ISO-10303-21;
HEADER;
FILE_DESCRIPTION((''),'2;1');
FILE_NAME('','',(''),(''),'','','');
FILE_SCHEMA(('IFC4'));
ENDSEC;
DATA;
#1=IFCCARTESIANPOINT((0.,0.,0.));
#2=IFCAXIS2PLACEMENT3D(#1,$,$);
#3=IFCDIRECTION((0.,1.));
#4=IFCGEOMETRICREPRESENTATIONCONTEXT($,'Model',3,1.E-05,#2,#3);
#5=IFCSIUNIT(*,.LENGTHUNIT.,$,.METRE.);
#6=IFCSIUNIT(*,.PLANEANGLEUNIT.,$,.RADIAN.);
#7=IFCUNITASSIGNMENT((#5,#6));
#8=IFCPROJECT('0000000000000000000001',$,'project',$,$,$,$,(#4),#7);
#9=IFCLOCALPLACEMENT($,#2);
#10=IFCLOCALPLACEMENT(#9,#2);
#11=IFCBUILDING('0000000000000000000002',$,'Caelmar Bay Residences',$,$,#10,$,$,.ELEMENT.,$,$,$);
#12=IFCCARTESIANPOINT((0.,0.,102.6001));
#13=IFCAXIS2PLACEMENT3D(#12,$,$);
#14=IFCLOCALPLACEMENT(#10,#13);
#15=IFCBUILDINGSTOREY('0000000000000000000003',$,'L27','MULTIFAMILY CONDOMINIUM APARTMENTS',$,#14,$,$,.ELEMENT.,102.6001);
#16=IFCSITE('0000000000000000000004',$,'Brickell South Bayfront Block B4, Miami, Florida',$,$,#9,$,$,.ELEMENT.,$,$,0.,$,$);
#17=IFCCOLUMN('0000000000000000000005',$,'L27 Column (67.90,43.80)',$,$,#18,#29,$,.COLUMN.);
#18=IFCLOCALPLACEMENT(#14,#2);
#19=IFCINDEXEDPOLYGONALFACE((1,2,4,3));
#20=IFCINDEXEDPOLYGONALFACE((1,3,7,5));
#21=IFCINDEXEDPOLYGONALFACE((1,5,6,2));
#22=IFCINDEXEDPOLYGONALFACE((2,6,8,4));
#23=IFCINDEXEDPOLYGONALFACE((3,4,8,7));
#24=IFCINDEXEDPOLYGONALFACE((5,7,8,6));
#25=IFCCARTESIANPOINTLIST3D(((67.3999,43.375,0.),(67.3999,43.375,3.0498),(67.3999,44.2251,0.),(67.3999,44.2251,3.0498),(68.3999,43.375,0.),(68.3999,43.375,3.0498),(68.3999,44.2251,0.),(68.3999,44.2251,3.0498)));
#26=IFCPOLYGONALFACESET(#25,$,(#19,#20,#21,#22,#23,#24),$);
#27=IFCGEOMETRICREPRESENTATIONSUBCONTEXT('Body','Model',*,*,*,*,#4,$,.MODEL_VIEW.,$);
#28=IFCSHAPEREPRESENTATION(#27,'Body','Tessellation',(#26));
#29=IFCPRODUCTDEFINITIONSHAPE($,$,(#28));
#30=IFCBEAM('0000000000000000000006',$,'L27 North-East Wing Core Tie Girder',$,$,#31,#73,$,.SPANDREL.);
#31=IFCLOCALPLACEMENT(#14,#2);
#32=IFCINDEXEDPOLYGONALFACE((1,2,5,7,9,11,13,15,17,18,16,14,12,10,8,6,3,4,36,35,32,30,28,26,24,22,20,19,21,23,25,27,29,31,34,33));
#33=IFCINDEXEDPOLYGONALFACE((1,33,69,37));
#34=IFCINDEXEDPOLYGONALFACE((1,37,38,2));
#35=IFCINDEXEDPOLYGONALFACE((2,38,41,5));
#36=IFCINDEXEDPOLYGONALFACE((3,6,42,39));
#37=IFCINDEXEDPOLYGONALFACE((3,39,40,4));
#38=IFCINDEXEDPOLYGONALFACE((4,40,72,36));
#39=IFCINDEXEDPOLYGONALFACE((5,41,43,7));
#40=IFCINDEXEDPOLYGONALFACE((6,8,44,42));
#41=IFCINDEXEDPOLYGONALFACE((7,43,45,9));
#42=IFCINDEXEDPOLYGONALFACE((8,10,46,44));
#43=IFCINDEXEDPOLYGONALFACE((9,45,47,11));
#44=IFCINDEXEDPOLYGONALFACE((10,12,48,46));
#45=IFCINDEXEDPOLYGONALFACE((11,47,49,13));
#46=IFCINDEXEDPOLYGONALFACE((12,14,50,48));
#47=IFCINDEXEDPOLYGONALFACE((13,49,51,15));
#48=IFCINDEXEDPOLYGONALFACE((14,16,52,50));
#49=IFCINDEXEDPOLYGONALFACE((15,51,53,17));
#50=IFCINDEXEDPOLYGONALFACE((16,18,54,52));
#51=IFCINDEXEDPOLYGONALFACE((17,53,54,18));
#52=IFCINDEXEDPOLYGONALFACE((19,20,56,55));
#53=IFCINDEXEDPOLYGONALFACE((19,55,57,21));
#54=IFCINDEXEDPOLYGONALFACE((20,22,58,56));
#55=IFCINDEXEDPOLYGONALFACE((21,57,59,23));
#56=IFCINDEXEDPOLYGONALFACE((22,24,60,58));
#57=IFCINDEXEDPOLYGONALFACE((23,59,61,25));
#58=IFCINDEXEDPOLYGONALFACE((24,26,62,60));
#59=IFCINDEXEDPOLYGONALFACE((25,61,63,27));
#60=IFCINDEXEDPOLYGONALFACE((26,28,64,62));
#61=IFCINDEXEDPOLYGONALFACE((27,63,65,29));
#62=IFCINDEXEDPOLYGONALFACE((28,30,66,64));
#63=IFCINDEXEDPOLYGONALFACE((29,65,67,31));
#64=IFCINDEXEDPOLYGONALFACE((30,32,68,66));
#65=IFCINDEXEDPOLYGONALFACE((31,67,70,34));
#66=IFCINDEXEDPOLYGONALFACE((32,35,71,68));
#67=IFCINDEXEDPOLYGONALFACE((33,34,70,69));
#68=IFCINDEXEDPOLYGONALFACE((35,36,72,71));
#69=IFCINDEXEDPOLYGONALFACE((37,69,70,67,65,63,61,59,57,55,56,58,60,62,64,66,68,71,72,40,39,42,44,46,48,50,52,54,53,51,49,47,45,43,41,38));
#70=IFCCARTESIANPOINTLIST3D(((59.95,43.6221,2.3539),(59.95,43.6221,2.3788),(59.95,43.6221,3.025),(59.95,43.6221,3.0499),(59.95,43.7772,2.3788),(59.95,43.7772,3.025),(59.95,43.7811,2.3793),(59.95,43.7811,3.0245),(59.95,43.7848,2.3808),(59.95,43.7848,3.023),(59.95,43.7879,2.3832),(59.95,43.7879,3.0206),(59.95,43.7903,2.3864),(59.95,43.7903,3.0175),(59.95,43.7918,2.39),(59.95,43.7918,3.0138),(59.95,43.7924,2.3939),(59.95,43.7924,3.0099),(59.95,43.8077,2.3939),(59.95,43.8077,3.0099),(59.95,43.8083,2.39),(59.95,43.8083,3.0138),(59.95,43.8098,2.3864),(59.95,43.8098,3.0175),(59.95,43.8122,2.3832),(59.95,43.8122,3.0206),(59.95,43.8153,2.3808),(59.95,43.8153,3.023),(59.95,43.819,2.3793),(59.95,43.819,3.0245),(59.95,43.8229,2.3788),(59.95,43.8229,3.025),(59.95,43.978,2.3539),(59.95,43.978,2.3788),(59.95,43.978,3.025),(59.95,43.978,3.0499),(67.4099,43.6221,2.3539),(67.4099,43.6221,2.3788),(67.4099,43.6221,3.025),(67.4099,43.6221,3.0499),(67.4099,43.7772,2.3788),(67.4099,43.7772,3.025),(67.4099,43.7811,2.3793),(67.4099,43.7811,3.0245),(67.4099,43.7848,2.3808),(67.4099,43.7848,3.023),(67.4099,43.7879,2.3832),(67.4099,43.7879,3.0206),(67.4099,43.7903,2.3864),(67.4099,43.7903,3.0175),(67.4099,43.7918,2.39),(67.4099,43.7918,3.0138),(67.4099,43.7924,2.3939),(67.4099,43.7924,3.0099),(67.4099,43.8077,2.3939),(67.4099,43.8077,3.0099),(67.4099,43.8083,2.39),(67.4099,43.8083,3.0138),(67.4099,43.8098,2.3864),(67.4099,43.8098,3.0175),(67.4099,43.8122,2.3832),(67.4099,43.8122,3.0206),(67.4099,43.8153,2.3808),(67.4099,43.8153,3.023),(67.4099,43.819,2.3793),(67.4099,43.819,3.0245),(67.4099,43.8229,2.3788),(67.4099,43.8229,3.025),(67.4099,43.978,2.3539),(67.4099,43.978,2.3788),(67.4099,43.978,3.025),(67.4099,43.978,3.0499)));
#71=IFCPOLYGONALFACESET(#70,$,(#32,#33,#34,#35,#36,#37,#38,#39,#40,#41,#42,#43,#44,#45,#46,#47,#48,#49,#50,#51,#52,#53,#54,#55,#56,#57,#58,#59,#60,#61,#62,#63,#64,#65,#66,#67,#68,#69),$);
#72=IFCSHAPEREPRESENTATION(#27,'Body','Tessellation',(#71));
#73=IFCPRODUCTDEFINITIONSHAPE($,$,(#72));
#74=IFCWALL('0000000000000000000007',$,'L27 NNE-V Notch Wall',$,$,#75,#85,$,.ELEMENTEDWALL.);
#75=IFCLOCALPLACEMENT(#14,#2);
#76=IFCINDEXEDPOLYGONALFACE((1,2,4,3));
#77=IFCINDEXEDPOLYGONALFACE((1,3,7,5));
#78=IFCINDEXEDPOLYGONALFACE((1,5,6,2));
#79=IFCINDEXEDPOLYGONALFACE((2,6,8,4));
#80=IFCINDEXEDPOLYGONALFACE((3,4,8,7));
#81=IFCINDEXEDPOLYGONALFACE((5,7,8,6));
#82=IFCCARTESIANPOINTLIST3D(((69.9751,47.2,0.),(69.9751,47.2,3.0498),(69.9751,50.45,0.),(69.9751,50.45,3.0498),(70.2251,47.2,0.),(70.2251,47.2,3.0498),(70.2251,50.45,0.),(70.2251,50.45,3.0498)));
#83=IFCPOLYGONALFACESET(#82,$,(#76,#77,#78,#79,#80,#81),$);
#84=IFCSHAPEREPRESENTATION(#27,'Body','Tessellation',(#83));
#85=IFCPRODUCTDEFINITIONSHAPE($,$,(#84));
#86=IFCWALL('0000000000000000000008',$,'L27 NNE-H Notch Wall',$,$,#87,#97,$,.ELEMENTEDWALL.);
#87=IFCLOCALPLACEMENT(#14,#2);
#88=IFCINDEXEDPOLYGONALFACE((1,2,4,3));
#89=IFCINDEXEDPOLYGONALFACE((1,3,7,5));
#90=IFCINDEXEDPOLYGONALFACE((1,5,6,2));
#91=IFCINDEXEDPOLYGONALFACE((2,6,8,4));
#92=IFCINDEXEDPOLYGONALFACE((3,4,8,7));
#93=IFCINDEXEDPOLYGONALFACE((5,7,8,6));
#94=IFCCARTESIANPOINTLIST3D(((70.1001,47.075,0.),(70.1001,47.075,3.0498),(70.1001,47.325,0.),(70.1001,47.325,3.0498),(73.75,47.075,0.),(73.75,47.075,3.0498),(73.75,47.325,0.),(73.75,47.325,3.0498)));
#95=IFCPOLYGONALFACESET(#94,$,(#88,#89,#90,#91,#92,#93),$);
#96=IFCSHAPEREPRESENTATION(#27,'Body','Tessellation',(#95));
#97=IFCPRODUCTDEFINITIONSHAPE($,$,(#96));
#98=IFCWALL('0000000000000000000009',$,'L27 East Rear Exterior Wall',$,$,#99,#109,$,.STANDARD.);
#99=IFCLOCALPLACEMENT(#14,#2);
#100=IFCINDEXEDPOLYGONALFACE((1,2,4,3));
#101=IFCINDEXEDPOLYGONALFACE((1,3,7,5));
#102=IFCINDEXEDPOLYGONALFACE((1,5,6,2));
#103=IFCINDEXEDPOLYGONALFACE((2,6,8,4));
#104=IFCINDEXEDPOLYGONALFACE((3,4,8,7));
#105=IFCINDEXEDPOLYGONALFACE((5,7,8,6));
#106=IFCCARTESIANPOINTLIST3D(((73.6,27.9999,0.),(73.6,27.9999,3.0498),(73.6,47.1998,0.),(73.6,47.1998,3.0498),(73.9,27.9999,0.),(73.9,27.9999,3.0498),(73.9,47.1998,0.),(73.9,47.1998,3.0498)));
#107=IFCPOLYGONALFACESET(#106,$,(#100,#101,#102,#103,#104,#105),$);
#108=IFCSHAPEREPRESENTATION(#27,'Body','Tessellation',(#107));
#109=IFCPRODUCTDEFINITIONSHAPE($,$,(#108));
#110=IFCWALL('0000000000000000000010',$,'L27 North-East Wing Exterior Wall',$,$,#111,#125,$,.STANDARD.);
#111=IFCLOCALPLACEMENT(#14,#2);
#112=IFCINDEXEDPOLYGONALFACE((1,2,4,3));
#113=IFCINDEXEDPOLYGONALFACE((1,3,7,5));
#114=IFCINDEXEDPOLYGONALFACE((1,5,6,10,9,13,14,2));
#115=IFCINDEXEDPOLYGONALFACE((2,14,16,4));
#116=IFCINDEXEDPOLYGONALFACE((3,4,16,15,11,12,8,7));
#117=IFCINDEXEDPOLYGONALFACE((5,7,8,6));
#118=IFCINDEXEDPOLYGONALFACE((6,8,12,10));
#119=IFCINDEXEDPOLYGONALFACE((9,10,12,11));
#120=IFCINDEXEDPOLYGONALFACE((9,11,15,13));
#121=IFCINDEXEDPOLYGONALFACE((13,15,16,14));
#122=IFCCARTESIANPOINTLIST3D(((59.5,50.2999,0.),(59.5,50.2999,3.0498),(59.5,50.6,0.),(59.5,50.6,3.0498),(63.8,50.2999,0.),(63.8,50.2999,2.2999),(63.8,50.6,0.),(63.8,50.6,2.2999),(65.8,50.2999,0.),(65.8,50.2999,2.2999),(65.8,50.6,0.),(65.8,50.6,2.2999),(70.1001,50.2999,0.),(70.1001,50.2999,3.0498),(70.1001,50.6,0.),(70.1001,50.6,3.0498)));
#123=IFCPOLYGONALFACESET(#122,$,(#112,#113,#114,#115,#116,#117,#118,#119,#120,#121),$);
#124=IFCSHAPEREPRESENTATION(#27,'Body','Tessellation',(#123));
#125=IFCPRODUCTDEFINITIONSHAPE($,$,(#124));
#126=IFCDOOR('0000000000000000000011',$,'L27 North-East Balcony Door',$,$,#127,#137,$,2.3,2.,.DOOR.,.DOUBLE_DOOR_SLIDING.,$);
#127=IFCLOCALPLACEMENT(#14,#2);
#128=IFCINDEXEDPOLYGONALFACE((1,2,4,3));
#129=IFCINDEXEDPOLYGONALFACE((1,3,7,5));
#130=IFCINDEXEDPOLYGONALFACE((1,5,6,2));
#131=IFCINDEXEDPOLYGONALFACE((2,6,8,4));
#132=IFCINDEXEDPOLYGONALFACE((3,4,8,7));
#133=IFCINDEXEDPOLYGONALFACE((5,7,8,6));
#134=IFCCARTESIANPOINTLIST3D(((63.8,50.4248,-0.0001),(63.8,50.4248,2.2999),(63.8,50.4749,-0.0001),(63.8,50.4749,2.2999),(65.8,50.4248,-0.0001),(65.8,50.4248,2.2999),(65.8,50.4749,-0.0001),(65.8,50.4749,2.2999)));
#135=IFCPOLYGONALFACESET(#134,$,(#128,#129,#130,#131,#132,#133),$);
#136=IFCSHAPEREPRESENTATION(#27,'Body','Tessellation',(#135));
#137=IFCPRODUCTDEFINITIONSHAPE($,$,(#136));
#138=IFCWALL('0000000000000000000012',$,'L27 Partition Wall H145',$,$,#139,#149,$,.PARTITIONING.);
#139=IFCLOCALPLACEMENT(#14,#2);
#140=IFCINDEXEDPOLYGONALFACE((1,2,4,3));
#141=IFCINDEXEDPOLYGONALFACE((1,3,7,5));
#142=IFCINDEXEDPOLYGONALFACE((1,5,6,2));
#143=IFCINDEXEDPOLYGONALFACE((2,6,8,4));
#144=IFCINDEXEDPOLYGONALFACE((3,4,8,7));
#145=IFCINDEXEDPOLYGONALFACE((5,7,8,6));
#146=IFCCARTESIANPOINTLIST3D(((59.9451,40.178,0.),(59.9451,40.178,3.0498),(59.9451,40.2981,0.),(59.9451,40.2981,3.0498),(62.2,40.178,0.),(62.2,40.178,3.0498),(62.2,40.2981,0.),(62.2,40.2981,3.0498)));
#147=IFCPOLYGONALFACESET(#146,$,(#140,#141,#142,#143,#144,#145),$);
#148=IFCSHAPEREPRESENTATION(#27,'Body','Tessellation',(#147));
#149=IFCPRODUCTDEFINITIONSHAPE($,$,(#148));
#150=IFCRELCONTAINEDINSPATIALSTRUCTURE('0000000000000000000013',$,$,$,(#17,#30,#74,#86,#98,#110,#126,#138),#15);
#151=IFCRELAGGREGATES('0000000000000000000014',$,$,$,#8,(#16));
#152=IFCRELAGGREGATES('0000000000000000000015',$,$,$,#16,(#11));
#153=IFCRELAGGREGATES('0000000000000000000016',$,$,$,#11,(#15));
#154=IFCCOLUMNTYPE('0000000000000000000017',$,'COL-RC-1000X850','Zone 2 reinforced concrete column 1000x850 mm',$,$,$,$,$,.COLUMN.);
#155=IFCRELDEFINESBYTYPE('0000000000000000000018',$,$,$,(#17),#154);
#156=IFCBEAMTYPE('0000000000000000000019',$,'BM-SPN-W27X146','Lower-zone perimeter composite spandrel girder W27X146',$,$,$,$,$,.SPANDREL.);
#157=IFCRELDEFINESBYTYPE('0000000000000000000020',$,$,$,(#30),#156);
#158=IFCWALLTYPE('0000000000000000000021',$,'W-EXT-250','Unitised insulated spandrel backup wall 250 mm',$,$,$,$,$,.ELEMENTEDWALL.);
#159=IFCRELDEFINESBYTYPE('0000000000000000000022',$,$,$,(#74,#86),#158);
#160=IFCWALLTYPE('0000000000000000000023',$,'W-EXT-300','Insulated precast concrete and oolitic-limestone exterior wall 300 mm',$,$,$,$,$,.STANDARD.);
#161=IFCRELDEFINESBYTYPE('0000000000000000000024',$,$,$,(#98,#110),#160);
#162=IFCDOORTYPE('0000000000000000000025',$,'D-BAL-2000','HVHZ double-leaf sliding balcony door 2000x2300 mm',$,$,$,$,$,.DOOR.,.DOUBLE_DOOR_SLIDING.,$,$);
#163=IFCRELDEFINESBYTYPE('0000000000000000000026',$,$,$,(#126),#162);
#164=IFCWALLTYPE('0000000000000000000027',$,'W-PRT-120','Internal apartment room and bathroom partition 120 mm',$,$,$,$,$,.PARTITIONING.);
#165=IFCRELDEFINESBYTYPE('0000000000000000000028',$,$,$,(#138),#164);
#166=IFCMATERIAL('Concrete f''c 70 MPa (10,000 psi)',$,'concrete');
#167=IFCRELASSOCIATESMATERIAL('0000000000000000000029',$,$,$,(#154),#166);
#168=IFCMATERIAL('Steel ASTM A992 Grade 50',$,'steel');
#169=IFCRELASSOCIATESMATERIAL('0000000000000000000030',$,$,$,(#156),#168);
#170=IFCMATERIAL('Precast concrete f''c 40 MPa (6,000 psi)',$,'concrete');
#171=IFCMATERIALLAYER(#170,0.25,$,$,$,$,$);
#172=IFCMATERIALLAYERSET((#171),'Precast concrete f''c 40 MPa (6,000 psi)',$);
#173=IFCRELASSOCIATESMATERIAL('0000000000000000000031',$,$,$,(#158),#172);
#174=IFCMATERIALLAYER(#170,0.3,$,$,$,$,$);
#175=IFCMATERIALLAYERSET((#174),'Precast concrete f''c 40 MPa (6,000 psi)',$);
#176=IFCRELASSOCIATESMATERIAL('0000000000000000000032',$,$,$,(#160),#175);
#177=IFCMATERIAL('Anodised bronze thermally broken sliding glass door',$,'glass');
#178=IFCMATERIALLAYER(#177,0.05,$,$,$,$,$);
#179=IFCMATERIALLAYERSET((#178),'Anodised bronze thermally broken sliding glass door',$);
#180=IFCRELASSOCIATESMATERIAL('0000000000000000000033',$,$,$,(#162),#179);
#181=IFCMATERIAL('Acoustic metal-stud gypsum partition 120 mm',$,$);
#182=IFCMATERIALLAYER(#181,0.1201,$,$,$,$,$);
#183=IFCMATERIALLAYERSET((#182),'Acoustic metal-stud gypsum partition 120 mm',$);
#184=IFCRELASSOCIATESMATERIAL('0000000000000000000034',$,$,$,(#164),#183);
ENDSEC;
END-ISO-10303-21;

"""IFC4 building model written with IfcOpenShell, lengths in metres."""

from ifc_helpers import new_model, si_unit, direction, frame, frame_2d, origin, origin_2d, place, context, subcontext, project, spatial, rectangle, i_section, extrude, material, layer, layer_set, material_profile, profile_set, type_object, element, fill, save


model = new_model("IFC4")

# Units and contexts
model_context = context("Model", 3, precision=1e-05, world=origin(), true_north=direction((0.0, 1.0)))
body_context = subcontext(model_context, "Body", "Model", "MODEL_VIEW")
ifc_project = project(units=[si_unit("LENGTHUNIT", "METRE"), si_unit("PLANEANGLEUNIT", "RADIAN")], contexts=[model_context])

# Site, building, storey
site_placement = place(None, origin())
site = spatial("IfcSite", under=ifc_project, at=site_placement, Name="Brickell South Bayfront Block B4, Miami, Florida", CompositionType="ELEMENT", RefElevation=0.0)
building_placement = place(site_placement, origin())
building = spatial("IfcBuilding", under=site, at=building_placement, Name="Caelmar Bay Residences", CompositionType="ELEMENT")
storey_placement = place(building_placement, frame((0.0, 0.0, 102.6001)))
storey = spatial("IfcBuildingStorey", under=building, at=storey_placement, Name="L27", Description="MULTIFAMILY CONDOMINIUM APARTMENTS", CompositionType="ELEMENT", Elevation=102.6001)

# Column
ifc_material_1 = material(Name="Concrete f'c 70 MPa (10,000 psi)", Category="concrete")
ifc_material_profile_1 = material_profile(ifc_material_1, rectangle(XDim=1.0, YDim=0.8501, at=origin_2d()), Name="RC-COL-1000X850")
ifc_profile_set_1 = profile_set([ifc_material_profile_1], Name="Concrete f'c 70 MPa (10,000 psi)")
column_type = type_object("IfcColumnType", Name="COL-RC-1000X850", Description="Zone 2 reinforced concrete column 1000x850 mm", PredefinedType="COLUMN", material=ifc_profile_set_1)
column_placement = place(storey_placement, frame((67.8999, 43.8, 0.0), z_axis=(0.0, 0.0, 1.0), x_axis=(1.0, 0.0, 0.0)))
element("IfcColumn", 1, at=column_placement, inside=storey, type_object=column_type, Name="L27 Column (67.90,43.80)", PredefinedType="COLUMN", context=body_context, shape_type="SweptSolid", body=[
    extrude(rectangle(XDim=1.0, YDim=0.8501, at=origin_2d()), origin(), (0.0, 0.0, 1.0), 3.0498),
])

# Beam
ifc_material_2 = material(Name="Steel ASTM A992 Grade 50", Category="steel")
ifc_material_profile_2 = material_profile(ifc_material_2, i_section(OverallWidth=0.356, OverallDepth=0.696, WebThickness=0.0154, FlangeThickness=0.0249, FilletRadius=0.0151, at=origin_2d()), Name="W27X146")
ifc_profile_set_2 = profile_set([ifc_material_profile_2], Name="Steel ASTM A992 Grade 50")
beam_type = type_object("IfcBeamType", Name="BM-SPN-W27X146", Description="Lower-zone perimeter composite spandrel girder W27X146", PredefinedType="SPANDREL", material=ifc_profile_set_2)
beam_placement = place(storey_placement, frame((59.95, 43.8, 2.7019), z_axis=(1.0, 0.0, 0.0), x_axis=(0.0, 1.0, 0.0)))
element("IfcBeam", 2, at=beam_placement, inside=storey, type_object=beam_type, Name="L27 North-East Wing Core Tie Girder", PredefinedType="SPANDREL", context=body_context, shape_type="SweptSolid", body=[
    extrude(i_section(OverallWidth=0.356, OverallDepth=0.696, WebThickness=0.0154, FlangeThickness=0.0249, FilletRadius=0.0151, at=origin_2d()), origin(), (0.0, 0.0, 1.0), 7.46),
])

# Walls
ifc_material_3 = material(Name="Precast concrete f'c 40 MPa (6,000 psi)", Category="concrete")
ifc_layer_1 = layer(ifc_material_3, 0.25)
ifc_layer_set_1 = layer_set([ifc_layer_1], Name="Precast concrete f'c 40 MPa (6,000 psi)")
wall_type_1 = type_object("IfcWallType", Name="W-EXT-250", Description="Unitised insulated spandrel backup wall 250 mm", PredefinedType="ELEMENTEDWALL", material=ifc_layer_set_1)
wall_1_placement = place(storey_placement, frame((70.1001, 50.45, 0.0), z_axis=(0.0, 0.0, 1.0), x_axis=(0.0, -1.0, 0.0)))
element("IfcWall", 3, at=wall_1_placement, inside=storey, type_object=wall_type_1, Name="L27 NNE-V Notch Wall", PredefinedType="ELEMENTEDWALL", context=body_context, shape_type="SweptSolid", body=[
    extrude(rectangle(XDim=3.25, YDim=0.25, at=frame_2d((1.625, 0.0))), origin(), (0.0, 0.0, 1.0), 3.0498),
])
wall_2_placement = place(storey_placement, frame((70.1001, 47.2, 0.0), z_axis=(0.0, 0.0, 1.0), x_axis=(1.0, 0.0, 0.0)))
element("IfcWall", 4, at=wall_2_placement, inside=storey, type_object=wall_type_1, Name="L27 NNE-H Notch Wall", PredefinedType="ELEMENTEDWALL", context=body_context, shape_type="SweptSolid", body=[
    extrude(rectangle(XDim=3.6499, YDim=0.25, at=frame_2d((1.825, 0.0))), origin(), (0.0, 0.0, 1.0), 3.0498),
])
ifc_layer_2 = layer(ifc_material_3, 0.3)
ifc_layer_set_2 = layer_set([ifc_layer_2], Name="Precast concrete f'c 40 MPa (6,000 psi)")
wall_type_2 = type_object("IfcWallType", Name="W-EXT-300", Description="Insulated precast concrete and oolitic-limestone exterior wall 300 mm", PredefinedType="STANDARD", material=ifc_layer_set_2)
wall_3_placement = place(storey_placement, frame((73.75, 47.2, 0.0), z_axis=(0.0, 0.0, 1.0), x_axis=(0.0, -1.0, 0.0)))
element("IfcWall", 5, at=wall_3_placement, inside=storey, type_object=wall_type_2, Name="L27 East Rear Exterior Wall", PredefinedType="STANDARD", context=body_context, shape_type="SweptSolid", body=[
    extrude(rectangle(XDim=19.2, YDim=0.3, at=frame_2d((9.6001, 0.0))), origin(), (0.0, 0.0, 1.0), 3.0498),
])

# Wall, opening, door
wall_4_placement = place(storey_placement, frame((59.5, 50.45, 0.0), z_axis=(0.0, 0.0, 1.0), x_axis=(1.0, 0.0, 0.0)))
wall_4 = element("IfcWall", 6, at=wall_4_placement, inside=storey, type_object=wall_type_2, Name="L27 North-East Wing Exterior Wall", PredefinedType="STANDARD", context=body_context, shape_type="SweptSolid", body=[
    extrude(rectangle(XDim=10.6001, YDim=0.3, at=frame_2d((5.3, 0.0))), origin(), (0.0, 0.0, 1.0), 3.0498),
])
opening_1_placement = place(wall_4_placement, frame((4.3, 0.0, 0.0)))
opening_1 = element("IfcOpeningElement", 7, at=opening_1_placement, cuts=wall_4, PredefinedType="OPENING", context=body_context, shape_type="SweptSolid", body=[
    extrude(rectangle(XDim=2.0, YDim=2.3, at=frame_2d((1.0, 1.1499))), frame((0.0, 0.1599, 0.0), z_axis=(0.0, -1.0, 0.0), x_axis=(1.0, 0.0, 0.0)), (0.0, 0.0, 1.0), 0.3201),
])
ifc_material_4 = material(Name="Anodised bronze thermally broken sliding glass door", Category="glass")
ifc_layer_3 = layer(ifc_material_4, 0.05)
ifc_layer_set_3 = layer_set([ifc_layer_3], Name="Anodised bronze thermally broken sliding glass door")
door_type_1 = type_object("IfcDoorType", Name="D-BAL-2000", Description="HVHZ double-leaf sliding balcony door 2000x2300 mm", OperationType="DOUBLE_DOOR_SLIDING", PredefinedType="DOOR", material=ifc_layer_set_3)
door_1_placement = place(opening_1_placement, origin())
door_1 = element("IfcDoor", 8, at=door_1_placement, inside=storey, type_object=door_type_1, Name="L27 North-East Balcony Door", OperationType="DOUBLE_DOOR_SLIDING", OverallHeight=2.3, OverallWidth=2.0, PredefinedType="DOOR", context=body_context, shape_type="SweptSolid", body=[
    extrude(rectangle(XDim=2.0, YDim=2.3, at=frame_2d((1.0, 1.1499))), frame((0.0, 0.0249, 0.0), z_axis=(0.0, -1.0, 0.0), x_axis=(1.0, 0.0, 0.0)), (0.0, 0.0, 1.0), 0.05),
])
fill(opening_1, door_1)
ifc_material_5 = material(Name="Acoustic metal-stud gypsum partition 120 mm")
ifc_layer_4 = layer(ifc_material_5, 0.1201)
ifc_layer_set_4 = layer_set([ifc_layer_4], Name="Acoustic metal-stud gypsum partition 120 mm")
wall_type_3 = type_object("IfcWallType", Name="W-PRT-120", Description="Internal apartment room and bathroom partition 120 mm", PredefinedType="PARTITIONING", material=ifc_layer_set_4)

# Wall
wall_5_placement = place(storey_placement, frame((59.9451, 40.238, 0.0), z_axis=(0.0, 0.0, 1.0), x_axis=(1.0, 0.0, 0.0)))
element("IfcWall", 9, at=wall_5_placement, inside=storey, type_object=wall_type_3, Name="L27 Partition Wall H145", PredefinedType="PARTITIONING", context=body_context, shape_type="SweptSolid", body=[
    extrude(rectangle(XDim=2.2549, YDim=0.1201, at=frame_2d((1.1274, 0.0))), origin(), (0.0, 0.0, 1.0), 3.0498),
])

save(model, "model.ifc")
